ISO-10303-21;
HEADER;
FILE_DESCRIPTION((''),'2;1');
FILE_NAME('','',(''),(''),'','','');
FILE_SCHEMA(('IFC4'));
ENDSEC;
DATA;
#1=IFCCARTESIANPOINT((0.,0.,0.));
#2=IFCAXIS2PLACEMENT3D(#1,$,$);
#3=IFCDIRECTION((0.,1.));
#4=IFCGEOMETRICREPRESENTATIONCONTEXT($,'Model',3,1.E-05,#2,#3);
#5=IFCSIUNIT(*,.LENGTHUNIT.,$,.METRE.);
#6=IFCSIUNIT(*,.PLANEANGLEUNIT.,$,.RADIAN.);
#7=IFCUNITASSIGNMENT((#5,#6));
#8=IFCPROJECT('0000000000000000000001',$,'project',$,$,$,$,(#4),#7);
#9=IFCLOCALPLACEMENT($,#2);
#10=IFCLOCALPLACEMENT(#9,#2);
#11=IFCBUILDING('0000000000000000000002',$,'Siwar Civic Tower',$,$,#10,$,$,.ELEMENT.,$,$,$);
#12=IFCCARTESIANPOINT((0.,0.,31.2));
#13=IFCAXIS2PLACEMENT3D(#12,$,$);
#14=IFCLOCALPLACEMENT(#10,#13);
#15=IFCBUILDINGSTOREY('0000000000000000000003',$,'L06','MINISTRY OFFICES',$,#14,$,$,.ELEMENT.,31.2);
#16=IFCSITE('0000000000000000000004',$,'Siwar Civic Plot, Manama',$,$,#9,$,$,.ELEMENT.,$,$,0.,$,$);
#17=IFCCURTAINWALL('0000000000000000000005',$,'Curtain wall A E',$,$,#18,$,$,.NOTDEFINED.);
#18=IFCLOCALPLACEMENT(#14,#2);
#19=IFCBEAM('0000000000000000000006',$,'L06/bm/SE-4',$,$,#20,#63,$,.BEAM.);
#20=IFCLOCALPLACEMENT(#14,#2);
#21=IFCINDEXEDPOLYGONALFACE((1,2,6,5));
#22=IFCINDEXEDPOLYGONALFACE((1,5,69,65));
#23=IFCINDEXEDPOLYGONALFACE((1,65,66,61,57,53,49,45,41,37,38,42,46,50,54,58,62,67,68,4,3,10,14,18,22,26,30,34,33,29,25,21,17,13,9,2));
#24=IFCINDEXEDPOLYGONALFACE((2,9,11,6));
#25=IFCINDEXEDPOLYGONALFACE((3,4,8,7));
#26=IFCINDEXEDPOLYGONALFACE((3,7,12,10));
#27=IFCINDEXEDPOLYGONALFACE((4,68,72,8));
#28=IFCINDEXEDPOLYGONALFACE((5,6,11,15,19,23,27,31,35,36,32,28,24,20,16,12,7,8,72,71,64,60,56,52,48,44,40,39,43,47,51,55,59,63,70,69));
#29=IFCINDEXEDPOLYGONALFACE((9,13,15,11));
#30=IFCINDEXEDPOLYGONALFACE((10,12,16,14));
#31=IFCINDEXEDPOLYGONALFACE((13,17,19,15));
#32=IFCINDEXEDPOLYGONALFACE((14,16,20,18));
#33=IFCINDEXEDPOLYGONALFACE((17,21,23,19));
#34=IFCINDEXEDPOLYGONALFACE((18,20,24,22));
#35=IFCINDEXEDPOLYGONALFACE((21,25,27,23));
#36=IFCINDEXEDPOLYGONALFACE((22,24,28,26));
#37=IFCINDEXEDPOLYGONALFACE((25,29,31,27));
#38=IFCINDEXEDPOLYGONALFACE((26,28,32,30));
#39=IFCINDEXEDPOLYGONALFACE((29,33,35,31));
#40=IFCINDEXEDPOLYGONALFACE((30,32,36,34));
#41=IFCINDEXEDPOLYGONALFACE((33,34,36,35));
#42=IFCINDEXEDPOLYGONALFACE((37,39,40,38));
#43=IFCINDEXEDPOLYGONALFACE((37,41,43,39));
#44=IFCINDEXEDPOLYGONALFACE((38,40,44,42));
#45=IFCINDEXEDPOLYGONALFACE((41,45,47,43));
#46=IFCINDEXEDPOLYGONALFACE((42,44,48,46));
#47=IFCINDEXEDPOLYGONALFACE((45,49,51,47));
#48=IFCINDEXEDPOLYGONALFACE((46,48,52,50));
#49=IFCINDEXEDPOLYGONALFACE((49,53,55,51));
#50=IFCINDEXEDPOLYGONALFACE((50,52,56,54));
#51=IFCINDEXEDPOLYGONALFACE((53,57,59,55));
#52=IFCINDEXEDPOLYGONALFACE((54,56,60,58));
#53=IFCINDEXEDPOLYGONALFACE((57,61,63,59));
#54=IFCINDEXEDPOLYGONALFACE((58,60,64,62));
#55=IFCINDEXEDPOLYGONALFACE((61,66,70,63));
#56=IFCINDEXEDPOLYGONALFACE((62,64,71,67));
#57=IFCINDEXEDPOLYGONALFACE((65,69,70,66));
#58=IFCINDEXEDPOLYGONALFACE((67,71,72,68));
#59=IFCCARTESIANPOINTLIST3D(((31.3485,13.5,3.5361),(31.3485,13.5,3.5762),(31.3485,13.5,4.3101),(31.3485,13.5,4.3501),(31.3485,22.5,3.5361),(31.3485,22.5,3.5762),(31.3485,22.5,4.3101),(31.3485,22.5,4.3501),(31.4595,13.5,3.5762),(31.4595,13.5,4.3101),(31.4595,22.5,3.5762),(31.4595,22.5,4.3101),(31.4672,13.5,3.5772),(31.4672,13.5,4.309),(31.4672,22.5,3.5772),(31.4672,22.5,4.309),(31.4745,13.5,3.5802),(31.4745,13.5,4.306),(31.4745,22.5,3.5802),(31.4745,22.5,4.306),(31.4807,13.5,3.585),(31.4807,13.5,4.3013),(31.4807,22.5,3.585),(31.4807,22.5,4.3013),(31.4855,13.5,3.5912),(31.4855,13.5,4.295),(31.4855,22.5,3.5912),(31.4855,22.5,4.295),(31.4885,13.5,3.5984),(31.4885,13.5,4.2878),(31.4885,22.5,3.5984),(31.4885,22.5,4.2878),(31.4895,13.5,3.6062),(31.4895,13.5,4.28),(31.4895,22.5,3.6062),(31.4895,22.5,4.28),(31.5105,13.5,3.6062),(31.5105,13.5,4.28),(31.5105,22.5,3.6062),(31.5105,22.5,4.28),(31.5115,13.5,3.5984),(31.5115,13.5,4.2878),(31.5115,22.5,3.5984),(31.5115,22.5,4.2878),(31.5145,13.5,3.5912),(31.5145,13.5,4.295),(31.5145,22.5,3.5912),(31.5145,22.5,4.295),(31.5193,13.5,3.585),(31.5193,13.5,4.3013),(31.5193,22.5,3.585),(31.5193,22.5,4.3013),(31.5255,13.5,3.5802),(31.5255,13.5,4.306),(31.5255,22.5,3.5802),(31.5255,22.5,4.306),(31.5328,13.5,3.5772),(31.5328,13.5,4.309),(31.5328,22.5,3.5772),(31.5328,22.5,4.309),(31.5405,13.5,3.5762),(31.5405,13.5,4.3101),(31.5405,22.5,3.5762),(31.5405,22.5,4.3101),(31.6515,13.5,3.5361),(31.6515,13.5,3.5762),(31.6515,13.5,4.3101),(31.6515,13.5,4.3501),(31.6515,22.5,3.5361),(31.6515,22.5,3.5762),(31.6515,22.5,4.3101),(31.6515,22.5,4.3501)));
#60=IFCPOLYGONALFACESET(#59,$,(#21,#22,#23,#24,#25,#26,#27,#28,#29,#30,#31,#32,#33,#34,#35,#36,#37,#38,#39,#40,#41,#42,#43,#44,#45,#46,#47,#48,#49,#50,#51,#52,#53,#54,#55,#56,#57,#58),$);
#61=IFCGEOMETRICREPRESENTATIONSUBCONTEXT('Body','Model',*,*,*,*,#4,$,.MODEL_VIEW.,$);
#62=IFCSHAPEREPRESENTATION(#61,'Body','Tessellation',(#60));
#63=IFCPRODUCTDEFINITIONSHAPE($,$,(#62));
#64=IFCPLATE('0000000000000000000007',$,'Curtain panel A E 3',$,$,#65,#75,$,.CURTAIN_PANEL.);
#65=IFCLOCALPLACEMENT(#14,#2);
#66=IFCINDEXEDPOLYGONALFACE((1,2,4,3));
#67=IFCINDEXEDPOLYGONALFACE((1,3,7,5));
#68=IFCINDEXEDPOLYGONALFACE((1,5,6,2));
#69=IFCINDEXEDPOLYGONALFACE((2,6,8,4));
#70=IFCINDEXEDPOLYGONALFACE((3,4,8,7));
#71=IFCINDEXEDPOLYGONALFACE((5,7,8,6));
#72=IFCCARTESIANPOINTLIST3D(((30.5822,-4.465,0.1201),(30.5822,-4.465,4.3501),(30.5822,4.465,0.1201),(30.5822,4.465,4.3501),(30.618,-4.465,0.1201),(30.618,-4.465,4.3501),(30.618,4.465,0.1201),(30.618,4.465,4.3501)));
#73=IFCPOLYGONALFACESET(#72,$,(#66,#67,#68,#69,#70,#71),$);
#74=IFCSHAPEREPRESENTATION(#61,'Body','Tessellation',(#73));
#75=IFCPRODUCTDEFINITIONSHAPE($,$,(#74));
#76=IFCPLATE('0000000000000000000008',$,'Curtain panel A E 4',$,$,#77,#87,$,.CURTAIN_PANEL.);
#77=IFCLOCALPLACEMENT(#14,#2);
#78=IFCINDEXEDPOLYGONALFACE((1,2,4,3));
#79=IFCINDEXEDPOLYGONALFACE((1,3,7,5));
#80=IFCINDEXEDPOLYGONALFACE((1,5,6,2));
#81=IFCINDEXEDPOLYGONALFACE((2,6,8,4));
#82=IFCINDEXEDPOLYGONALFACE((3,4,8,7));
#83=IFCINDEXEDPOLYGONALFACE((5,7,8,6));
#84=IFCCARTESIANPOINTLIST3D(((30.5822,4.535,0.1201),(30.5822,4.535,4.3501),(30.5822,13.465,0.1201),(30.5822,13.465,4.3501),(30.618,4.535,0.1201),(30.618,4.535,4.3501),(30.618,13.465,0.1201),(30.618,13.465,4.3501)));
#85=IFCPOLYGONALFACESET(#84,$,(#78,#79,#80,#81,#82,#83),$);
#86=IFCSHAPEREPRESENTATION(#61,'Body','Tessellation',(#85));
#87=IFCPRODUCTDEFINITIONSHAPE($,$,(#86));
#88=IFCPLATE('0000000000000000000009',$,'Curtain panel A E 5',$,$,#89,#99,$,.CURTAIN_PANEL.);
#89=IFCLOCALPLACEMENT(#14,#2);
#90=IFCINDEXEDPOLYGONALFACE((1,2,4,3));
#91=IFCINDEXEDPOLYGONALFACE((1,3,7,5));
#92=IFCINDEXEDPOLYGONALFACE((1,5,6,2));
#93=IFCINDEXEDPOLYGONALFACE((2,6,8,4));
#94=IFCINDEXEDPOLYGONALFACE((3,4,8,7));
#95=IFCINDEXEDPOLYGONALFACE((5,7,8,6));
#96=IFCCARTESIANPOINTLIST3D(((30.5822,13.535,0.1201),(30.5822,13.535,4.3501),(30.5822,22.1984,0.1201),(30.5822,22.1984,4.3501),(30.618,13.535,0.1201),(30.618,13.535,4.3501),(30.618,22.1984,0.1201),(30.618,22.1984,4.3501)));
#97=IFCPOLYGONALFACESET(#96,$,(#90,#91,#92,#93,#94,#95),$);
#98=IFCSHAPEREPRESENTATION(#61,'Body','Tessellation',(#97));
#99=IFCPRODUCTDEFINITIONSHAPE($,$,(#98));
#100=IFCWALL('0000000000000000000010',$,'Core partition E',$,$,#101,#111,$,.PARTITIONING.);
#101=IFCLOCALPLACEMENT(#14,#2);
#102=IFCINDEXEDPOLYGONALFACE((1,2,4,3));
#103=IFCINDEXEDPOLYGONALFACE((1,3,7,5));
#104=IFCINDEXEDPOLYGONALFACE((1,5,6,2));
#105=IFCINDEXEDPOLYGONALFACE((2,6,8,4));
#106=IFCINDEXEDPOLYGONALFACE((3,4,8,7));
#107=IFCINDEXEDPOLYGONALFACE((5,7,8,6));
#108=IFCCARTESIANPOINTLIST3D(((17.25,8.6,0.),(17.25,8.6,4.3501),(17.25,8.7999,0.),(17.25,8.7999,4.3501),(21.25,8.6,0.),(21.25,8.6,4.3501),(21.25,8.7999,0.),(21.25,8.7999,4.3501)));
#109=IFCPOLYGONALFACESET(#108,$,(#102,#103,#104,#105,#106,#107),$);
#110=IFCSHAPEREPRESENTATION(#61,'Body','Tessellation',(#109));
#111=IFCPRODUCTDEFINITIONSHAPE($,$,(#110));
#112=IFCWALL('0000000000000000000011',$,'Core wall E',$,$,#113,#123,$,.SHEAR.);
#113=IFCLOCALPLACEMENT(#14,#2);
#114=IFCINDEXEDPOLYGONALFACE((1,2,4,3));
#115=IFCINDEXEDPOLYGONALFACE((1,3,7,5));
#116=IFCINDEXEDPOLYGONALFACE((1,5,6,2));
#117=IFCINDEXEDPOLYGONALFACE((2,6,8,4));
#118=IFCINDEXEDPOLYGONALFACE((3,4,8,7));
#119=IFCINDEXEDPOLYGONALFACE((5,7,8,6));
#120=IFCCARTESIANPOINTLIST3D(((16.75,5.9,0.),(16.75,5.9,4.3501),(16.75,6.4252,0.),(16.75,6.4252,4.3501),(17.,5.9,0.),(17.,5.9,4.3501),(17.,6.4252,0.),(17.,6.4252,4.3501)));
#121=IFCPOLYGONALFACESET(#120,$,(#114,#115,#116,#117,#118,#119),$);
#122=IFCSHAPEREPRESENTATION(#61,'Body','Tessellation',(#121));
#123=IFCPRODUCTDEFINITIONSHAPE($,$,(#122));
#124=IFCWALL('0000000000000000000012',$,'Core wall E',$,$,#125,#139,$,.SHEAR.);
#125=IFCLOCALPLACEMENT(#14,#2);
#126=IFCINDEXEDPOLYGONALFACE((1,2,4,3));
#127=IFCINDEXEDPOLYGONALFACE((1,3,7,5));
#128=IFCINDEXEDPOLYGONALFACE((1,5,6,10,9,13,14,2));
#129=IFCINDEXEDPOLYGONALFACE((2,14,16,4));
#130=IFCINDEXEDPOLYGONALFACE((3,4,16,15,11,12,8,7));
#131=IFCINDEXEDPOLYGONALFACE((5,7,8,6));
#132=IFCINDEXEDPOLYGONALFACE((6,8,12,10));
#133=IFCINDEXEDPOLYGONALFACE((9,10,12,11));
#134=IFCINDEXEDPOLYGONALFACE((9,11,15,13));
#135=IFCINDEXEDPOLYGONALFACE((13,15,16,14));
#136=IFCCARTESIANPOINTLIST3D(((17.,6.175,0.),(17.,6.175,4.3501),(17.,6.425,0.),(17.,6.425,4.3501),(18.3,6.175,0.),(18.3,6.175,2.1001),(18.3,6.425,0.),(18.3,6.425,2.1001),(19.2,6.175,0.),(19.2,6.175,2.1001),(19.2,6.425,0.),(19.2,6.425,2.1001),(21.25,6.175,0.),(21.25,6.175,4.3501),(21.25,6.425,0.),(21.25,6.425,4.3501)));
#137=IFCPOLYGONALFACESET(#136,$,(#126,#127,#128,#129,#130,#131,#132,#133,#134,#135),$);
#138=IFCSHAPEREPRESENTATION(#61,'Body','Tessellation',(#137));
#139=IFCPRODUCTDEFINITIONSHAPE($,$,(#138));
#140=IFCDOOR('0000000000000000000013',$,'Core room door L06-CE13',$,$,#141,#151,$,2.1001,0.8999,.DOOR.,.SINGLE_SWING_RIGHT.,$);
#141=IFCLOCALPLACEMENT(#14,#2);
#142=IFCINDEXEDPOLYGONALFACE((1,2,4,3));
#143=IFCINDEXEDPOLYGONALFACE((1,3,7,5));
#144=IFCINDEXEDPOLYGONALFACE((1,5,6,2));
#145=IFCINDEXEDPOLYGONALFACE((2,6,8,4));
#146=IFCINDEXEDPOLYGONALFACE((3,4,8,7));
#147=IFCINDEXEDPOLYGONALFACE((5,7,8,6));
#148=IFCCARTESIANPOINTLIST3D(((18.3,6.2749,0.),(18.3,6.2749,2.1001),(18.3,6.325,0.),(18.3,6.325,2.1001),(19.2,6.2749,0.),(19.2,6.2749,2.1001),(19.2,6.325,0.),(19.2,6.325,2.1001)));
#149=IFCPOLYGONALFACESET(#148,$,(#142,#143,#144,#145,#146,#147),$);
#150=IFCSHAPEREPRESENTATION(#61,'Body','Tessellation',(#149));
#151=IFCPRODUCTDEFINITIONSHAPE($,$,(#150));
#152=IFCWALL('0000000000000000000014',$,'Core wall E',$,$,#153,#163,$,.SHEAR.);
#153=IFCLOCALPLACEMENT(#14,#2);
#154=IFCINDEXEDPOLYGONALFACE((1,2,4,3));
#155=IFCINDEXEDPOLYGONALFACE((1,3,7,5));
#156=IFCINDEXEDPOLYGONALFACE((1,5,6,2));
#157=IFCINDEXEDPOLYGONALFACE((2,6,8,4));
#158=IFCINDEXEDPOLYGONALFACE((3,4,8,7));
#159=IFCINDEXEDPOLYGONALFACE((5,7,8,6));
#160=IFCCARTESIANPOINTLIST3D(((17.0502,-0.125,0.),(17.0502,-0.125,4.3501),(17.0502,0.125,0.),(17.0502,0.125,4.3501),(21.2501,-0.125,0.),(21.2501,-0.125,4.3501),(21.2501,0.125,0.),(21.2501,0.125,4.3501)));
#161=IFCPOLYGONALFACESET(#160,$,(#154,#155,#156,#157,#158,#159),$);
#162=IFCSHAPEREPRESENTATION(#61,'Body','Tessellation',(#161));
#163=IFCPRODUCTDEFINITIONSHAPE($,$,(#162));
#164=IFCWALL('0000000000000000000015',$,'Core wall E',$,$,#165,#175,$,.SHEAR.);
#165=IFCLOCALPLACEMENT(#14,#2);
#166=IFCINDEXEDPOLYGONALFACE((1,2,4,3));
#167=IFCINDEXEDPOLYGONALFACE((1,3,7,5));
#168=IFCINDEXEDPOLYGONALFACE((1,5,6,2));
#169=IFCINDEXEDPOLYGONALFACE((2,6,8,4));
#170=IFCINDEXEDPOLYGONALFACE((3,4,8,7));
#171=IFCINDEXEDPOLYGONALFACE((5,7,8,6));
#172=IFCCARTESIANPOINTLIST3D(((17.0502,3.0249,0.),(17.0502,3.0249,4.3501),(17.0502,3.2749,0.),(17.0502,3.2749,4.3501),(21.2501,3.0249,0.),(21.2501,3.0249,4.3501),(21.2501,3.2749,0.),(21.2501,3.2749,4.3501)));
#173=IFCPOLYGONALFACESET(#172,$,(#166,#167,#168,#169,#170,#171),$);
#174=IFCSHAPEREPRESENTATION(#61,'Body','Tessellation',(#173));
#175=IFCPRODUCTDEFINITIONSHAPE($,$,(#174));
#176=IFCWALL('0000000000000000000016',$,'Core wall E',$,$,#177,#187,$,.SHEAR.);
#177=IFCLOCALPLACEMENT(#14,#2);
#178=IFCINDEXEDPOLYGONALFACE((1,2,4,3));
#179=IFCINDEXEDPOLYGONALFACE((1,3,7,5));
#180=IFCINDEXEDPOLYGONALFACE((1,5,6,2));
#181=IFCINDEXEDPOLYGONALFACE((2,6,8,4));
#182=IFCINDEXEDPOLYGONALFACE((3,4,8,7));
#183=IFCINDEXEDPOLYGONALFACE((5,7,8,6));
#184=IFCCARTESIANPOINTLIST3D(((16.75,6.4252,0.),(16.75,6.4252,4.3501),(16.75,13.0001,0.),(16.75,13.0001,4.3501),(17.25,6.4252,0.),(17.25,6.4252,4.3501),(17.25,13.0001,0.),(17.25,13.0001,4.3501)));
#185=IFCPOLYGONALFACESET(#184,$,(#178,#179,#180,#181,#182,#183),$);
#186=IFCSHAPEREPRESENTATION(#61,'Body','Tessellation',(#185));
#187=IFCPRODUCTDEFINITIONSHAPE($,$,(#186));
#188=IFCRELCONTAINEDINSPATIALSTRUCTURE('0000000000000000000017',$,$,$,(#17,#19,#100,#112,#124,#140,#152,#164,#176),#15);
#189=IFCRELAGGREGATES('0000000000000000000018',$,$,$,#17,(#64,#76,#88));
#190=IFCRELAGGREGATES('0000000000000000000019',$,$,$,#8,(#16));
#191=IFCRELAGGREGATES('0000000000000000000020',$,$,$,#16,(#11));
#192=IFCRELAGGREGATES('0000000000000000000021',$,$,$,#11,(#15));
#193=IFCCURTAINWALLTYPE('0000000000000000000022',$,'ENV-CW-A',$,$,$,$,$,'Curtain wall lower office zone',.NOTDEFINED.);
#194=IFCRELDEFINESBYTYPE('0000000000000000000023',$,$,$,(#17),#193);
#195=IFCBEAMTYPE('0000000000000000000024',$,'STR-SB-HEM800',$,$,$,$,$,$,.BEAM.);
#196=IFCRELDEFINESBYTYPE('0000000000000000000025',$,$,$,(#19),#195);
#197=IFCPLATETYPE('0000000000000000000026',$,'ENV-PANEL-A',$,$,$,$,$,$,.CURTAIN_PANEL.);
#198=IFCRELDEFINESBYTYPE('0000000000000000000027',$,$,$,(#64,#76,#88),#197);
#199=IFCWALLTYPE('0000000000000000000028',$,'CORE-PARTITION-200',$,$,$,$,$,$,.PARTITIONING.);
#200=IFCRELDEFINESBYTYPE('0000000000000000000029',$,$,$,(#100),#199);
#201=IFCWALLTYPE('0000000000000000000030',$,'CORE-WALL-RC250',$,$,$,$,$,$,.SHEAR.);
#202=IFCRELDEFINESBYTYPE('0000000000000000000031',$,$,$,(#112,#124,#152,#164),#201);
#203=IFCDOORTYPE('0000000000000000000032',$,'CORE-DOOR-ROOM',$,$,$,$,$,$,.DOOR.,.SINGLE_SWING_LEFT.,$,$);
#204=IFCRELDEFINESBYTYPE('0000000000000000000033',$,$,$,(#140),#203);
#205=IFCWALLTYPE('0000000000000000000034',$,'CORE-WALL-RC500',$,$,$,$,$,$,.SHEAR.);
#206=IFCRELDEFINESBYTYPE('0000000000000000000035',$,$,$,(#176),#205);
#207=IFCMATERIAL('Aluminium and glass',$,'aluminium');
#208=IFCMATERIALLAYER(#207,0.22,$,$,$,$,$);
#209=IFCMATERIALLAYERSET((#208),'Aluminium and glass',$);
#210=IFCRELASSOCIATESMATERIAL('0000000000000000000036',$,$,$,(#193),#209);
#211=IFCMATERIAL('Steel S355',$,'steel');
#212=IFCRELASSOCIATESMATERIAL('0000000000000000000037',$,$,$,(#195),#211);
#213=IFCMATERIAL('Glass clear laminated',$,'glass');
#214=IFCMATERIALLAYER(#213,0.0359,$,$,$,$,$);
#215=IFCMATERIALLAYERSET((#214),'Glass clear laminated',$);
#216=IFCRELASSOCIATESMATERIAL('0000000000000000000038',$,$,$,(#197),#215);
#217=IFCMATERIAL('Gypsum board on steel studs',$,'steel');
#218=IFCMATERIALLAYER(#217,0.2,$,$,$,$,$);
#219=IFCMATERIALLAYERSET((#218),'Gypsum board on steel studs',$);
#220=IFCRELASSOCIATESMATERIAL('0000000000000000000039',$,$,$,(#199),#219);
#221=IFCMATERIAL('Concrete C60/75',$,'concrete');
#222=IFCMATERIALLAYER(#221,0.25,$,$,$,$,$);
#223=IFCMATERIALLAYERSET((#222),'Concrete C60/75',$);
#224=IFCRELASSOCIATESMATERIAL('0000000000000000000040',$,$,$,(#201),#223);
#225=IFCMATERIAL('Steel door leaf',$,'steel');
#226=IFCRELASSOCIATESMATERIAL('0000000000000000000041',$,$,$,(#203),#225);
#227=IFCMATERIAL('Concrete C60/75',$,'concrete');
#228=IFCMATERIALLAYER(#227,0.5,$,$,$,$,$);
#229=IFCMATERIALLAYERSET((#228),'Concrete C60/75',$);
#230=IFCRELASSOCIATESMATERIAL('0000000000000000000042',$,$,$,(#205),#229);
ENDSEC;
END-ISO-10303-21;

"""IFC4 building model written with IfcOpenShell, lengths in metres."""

from ifc_helpers import new_model, si_unit, direction, frame, frame_2d, origin, origin_2d, place, context, subcontext, project, spatial, rectangle, i_section, extrude, material, layer, layer_set, material_profile, profile_set, type_object, element, fill, aggregate, save


model = new_model("IFC4")

# Units and contexts
model_context = context("Model", 3, precision=1e-05, world=origin(), true_north=direction((0.0, 1.0)))
body_context = subcontext(model_context, "Body", "Model", "MODEL_VIEW")
ifc_project = project(units=[si_unit("LENGTHUNIT", "METRE"), si_unit("PLANEANGLEUNIT", "RADIAN")], contexts=[model_context])

# Site, building, storey
site_placement = place(None, origin())
site = spatial("IfcSite", under=ifc_project, at=site_placement, Name="Siwar Civic Plot, Manama", CompositionType="ELEMENT", RefElevation=0.0)
building_placement = place(site_placement, origin())
building = spatial("IfcBuilding", under=site, at=building_placement, Name="Siwar Civic Tower", CompositionType="ELEMENT")
storey_placement = place(building_placement, frame((0.0, 0.0, 31.2)))
storey = spatial("IfcBuildingStorey", under=building, at=storey_placement, Name="L06", Description="MINISTRY OFFICES", CompositionType="ELEMENT", Elevation=31.2)

# Curtain wall
ifc_material_1 = material(Name="Aluminium and glass", Category="aluminium")
ifc_layer_1 = layer(ifc_material_1, 0.22)
ifc_layer_set_1 = layer_set([ifc_layer_1], Name="Aluminium and glass")
curtain_wall_type = type_object("IfcCurtainWallType", Name="ENV-CW-A", ElementType="Curtain wall lower office zone", PredefinedType="NOTDEFINED", material=ifc_layer_set_1)
curtain_wall_placement = place(storey_placement, origin())
curtain_wall = element("IfcCurtainWall", 1, at=curtain_wall_placement, inside=storey, type_object=curtain_wall_type, Name="Curtain wall A E", PredefinedType="NOTDEFINED")

# Beam
ifc_material_2 = material(Name="Steel S355", Category="steel")
ifc_material_profile_1 = material_profile(ifc_material_2, i_section(OverallWidth=0.303, OverallDepth=0.814, WebThickness=0.021, FlangeThickness=0.04, FilletRadius=0.03, at=origin_2d()), Name="HEM800")
ifc_profile_set_1 = profile_set([ifc_material_profile_1], Name="Steel S355")
beam_type_1 = type_object("IfcBeamType", Name="STR-SB-HEM800", PredefinedType="BEAM", material=ifc_profile_set_1)
for number, where, z_axis, x_axis, name in (
    (2, (31.5, 13.5, 3.9431), (0.0, 1.0, 0.0), (-1.0, 0.0, 0.0), "L06/bm/SE-4"),
):
    element("IfcBeam", number, at=place(storey_placement, frame(where, z_axis=z_axis, x_axis=x_axis)), inside=storey, type_object=beam_type_1, Name=name, PredefinedType="BEAM", context=body_context, shape_type="SweptSolid", body=[
        extrude(i_section(OverallWidth=0.303, OverallDepth=0.814, WebThickness=0.021, FlangeThickness=0.04, FilletRadius=0.03, at=origin_2d()), origin(), (0.0, 0.0, 1.0), 9.0),
    ])

# Plates
ifc_material_3 = material(Name="Glass clear laminated", Category="glass")
ifc_layer_2 = layer(ifc_material_3, 0.0359)
ifc_layer_set_2 = layer_set([ifc_layer_2], Name="Glass clear laminated")
plate_type = type_object("IfcPlateType", Name="ENV-PANEL-A", PredefinedType="CURTAIN_PANEL", material=ifc_layer_set_2)
plate_1_placement = place(storey_placement, frame((30.6001, 0.0, 0.1201), z_axis=(0.0, 0.0, 1.0), x_axis=(0.0, 1.0, 0.0)))
plate_1 = element("IfcPlate", 3, at=plate_1_placement, type_object=plate_type, Name="Curtain panel A E 3", PredefinedType="CURTAIN_PANEL", context=body_context, shape_type="SweptSolid", body=[
    extrude(rectangle(XDim=8.9299, YDim=0.0359, at=origin_2d()), origin(), (0.0, 0.0, 1.0), 4.23),
])
plate_2_placement = place(storey_placement, frame((30.6001, 9.0, 0.1201), z_axis=(0.0, 0.0, 1.0), x_axis=(0.0, 1.0, 0.0)))
plate_2 = element("IfcPlate", 4, at=plate_2_placement, type_object=plate_type, Name="Curtain panel A E 4", PredefinedType="CURTAIN_PANEL", context=body_context, shape_type="SweptSolid", body=[
    extrude(rectangle(XDim=8.9299, YDim=0.0359, at=origin_2d()), origin(), (0.0, 0.0, 1.0), 4.23),
])
plate_3_placement = place(storey_placement, frame((30.6001, 17.8667, 0.1201), z_axis=(0.0, 0.0, 1.0), x_axis=(0.0, 1.0, 0.0)))
plate_3 = element("IfcPlate", 5, at=plate_3_placement, type_object=plate_type, Name="Curtain panel A E 5", PredefinedType="CURTAIN_PANEL", context=body_context, shape_type="SweptSolid", body=[
    extrude(rectangle(XDim=8.6633, YDim=0.0359, at=origin_2d()), origin(), (0.0, 0.0, 1.0), 4.23),
])
aggregate(curtain_wall, [plate_1, plate_2, plate_3])

# Walls
ifc_material_4 = material(Name="Gypsum board on steel studs", Category="steel")
ifc_layer_3 = layer(ifc_material_4, 0.2)
ifc_layer_set_3 = layer_set([ifc_layer_3], Name="Gypsum board on steel studs")
wall_type_1 = type_object("IfcWallType", Name="CORE-PARTITION-200", PredefinedType="PARTITIONING", material=ifc_layer_set_3)
wall_1_placement = place(storey_placement, frame((17.25, 8.7, 0.0), z_axis=(0.0, 0.0, 1.0), x_axis=(1.0, 0.0, 0.0)))
element("IfcWall", 6, at=wall_1_placement, inside=storey, type_object=wall_type_1, Name="Core partition E", PredefinedType="PARTITIONING", context=body_context, shape_type="SweptSolid", body=[
    extrude(rectangle(XDim=4.0, YDim=0.2, at=frame_2d((2.0, 0.0))), origin(), (0.0, 0.0, 1.0), 4.3501),
])
ifc_material_5 = material(Name="Concrete C60/75", Category="concrete")
ifc_layer_4 = layer(ifc_material_5, 0.25)
ifc_layer_set_4 = layer_set([ifc_layer_4], Name="Concrete C60/75")
wall_type_2 = type_object("IfcWallType", Name="CORE-WALL-RC250", PredefinedType="SHEAR", material=ifc_layer_set_4)
wall_2_placement = place(storey_placement, frame((16.875, 5.8999, 0.0), z_axis=(0.0, 0.0, 1.0), x_axis=(0.0, 1.0, 0.0)))
element("IfcWall", 7, at=wall_2_placement, inside=storey, type_object=wall_type_2, Name="Core wall E", PredefinedType="SHEAR", context=body_context, shape_type="SweptSolid", body=[
    extrude(rectangle(XDim=0.5251, YDim=0.25, at=frame_2d((0.2627, 0.0))), origin(), (0.0, 0.0, 1.0), 4.3501),
])

# Wall, opening, door
wall_3_placement = place(storey_placement, frame((17.0, 6.3, 0.0), z_axis=(0.0, 0.0, 1.0), x_axis=(1.0, 0.0, 0.0)))
wall_3 = element("IfcWall", 8, at=wall_3_placement, inside=storey, type_object=wall_type_2, Name="Core wall E", PredefinedType="SHEAR", context=body_context, shape_type="SweptSolid", body=[
    extrude(rectangle(XDim=4.25, YDim=0.25, at=frame_2d((2.125, 0.0))), origin(), (0.0, 0.0, 1.0), 4.3501),
])
opening_placement = place(wall_3_placement, frame((1.3, 0.0, 0.0)))
opening = element("IfcOpeningElement", 9, at=opening_placement, cuts=wall_3, PredefinedType="OPENING", context=body_context, shape_type="SweptSolid", body=[
    extrude(rectangle(XDim=0.8999, YDim=2.1001, at=frame_2d((0.45, 1.05))), frame((0.0, 0.135, 0.0), z_axis=(0.0, -1.0, 0.0), x_axis=(1.0, 0.0, 0.0)), (0.0, 0.0, 1.0), 0.27),
])
ifc_material_6 = material(Name="Steel door leaf", Category="steel")
door_type = type_object("IfcDoorType", Name="CORE-DOOR-ROOM", OperationType="SINGLE_SWING_LEFT", PredefinedType="DOOR", material=ifc_material_6)
door_placement = place(opening_placement, origin())
door = element("IfcDoor", 10, at=door_placement, inside=storey, type_object=door_type, Name="Core room door L06-CE13", OperationType="SINGLE_SWING_RIGHT", OverallHeight=2.1001, OverallWidth=0.8999, PredefinedType="DOOR", context=body_context, shape_type="SweptSolid", body=[
    extrude(rectangle(XDim=0.8999, YDim=2.1001, at=frame_2d((0.45, 1.05))), frame((0.0, 0.0249, 0.0), z_axis=(0.0, -1.0, 0.0), x_axis=(1.0, 0.0, 0.0)), (0.0, 0.0, 1.0), 0.05),
])
fill(opening, door)

# Walls
for number, where, z_axis, x_axis, name in (
    (11, (17.05, 0.0, 0.0), (0.0, 0.0, 1.0), (1.0, 0.0, 0.0), "Core wall E"),
    (12, (17.05, 3.1499, 0.0), (0.0, 0.0, 1.0), (1.0, 0.0, 0.0), "Core wall E"),
):
    element("IfcWall", number, at=place(storey_placement, frame(where, z_axis=z_axis, x_axis=x_axis)), inside=storey, type_object=wall_type_2, Name=name, PredefinedType="SHEAR", context=body_context, shape_type="SweptSolid", body=[
        extrude(rectangle(XDim=4.2, YDim=0.25, at=frame_2d((2.1001, 0.0))), origin(), (0.0, 0.0, 1.0), 4.3501),
    ])
ifc_material_7 = material(Name="Concrete C60/75", Category="concrete")
ifc_layer_5 = layer(ifc_material_7, 0.5)
ifc_layer_set_5 = layer_set([ifc_layer_5], Name="Concrete C60/75")
wall_type_3 = type_object("IfcWallType", Name="CORE-WALL-RC500", PredefinedType="SHEAR", material=ifc_layer_set_5)
wall_4_placement = place(storey_placement, frame((17.0, 6.425, 0.0), z_axis=(0.0, 0.0, 1.0), x_axis=(0.0, 1.0, 0.0)))
element("IfcWall", 13, at=wall_4_placement, inside=storey, type_object=wall_type_3, Name="Core wall E", PredefinedType="SHEAR", context=body_context, shape_type="SweptSolid", body=[
    extrude(rectangle(XDim=6.575, YDim=0.5, at=frame_2d((3.2876, 0.0))), origin(), (0.0, 0.0, 1.0), 4.3501),
])

save(model, "model.ifc")
